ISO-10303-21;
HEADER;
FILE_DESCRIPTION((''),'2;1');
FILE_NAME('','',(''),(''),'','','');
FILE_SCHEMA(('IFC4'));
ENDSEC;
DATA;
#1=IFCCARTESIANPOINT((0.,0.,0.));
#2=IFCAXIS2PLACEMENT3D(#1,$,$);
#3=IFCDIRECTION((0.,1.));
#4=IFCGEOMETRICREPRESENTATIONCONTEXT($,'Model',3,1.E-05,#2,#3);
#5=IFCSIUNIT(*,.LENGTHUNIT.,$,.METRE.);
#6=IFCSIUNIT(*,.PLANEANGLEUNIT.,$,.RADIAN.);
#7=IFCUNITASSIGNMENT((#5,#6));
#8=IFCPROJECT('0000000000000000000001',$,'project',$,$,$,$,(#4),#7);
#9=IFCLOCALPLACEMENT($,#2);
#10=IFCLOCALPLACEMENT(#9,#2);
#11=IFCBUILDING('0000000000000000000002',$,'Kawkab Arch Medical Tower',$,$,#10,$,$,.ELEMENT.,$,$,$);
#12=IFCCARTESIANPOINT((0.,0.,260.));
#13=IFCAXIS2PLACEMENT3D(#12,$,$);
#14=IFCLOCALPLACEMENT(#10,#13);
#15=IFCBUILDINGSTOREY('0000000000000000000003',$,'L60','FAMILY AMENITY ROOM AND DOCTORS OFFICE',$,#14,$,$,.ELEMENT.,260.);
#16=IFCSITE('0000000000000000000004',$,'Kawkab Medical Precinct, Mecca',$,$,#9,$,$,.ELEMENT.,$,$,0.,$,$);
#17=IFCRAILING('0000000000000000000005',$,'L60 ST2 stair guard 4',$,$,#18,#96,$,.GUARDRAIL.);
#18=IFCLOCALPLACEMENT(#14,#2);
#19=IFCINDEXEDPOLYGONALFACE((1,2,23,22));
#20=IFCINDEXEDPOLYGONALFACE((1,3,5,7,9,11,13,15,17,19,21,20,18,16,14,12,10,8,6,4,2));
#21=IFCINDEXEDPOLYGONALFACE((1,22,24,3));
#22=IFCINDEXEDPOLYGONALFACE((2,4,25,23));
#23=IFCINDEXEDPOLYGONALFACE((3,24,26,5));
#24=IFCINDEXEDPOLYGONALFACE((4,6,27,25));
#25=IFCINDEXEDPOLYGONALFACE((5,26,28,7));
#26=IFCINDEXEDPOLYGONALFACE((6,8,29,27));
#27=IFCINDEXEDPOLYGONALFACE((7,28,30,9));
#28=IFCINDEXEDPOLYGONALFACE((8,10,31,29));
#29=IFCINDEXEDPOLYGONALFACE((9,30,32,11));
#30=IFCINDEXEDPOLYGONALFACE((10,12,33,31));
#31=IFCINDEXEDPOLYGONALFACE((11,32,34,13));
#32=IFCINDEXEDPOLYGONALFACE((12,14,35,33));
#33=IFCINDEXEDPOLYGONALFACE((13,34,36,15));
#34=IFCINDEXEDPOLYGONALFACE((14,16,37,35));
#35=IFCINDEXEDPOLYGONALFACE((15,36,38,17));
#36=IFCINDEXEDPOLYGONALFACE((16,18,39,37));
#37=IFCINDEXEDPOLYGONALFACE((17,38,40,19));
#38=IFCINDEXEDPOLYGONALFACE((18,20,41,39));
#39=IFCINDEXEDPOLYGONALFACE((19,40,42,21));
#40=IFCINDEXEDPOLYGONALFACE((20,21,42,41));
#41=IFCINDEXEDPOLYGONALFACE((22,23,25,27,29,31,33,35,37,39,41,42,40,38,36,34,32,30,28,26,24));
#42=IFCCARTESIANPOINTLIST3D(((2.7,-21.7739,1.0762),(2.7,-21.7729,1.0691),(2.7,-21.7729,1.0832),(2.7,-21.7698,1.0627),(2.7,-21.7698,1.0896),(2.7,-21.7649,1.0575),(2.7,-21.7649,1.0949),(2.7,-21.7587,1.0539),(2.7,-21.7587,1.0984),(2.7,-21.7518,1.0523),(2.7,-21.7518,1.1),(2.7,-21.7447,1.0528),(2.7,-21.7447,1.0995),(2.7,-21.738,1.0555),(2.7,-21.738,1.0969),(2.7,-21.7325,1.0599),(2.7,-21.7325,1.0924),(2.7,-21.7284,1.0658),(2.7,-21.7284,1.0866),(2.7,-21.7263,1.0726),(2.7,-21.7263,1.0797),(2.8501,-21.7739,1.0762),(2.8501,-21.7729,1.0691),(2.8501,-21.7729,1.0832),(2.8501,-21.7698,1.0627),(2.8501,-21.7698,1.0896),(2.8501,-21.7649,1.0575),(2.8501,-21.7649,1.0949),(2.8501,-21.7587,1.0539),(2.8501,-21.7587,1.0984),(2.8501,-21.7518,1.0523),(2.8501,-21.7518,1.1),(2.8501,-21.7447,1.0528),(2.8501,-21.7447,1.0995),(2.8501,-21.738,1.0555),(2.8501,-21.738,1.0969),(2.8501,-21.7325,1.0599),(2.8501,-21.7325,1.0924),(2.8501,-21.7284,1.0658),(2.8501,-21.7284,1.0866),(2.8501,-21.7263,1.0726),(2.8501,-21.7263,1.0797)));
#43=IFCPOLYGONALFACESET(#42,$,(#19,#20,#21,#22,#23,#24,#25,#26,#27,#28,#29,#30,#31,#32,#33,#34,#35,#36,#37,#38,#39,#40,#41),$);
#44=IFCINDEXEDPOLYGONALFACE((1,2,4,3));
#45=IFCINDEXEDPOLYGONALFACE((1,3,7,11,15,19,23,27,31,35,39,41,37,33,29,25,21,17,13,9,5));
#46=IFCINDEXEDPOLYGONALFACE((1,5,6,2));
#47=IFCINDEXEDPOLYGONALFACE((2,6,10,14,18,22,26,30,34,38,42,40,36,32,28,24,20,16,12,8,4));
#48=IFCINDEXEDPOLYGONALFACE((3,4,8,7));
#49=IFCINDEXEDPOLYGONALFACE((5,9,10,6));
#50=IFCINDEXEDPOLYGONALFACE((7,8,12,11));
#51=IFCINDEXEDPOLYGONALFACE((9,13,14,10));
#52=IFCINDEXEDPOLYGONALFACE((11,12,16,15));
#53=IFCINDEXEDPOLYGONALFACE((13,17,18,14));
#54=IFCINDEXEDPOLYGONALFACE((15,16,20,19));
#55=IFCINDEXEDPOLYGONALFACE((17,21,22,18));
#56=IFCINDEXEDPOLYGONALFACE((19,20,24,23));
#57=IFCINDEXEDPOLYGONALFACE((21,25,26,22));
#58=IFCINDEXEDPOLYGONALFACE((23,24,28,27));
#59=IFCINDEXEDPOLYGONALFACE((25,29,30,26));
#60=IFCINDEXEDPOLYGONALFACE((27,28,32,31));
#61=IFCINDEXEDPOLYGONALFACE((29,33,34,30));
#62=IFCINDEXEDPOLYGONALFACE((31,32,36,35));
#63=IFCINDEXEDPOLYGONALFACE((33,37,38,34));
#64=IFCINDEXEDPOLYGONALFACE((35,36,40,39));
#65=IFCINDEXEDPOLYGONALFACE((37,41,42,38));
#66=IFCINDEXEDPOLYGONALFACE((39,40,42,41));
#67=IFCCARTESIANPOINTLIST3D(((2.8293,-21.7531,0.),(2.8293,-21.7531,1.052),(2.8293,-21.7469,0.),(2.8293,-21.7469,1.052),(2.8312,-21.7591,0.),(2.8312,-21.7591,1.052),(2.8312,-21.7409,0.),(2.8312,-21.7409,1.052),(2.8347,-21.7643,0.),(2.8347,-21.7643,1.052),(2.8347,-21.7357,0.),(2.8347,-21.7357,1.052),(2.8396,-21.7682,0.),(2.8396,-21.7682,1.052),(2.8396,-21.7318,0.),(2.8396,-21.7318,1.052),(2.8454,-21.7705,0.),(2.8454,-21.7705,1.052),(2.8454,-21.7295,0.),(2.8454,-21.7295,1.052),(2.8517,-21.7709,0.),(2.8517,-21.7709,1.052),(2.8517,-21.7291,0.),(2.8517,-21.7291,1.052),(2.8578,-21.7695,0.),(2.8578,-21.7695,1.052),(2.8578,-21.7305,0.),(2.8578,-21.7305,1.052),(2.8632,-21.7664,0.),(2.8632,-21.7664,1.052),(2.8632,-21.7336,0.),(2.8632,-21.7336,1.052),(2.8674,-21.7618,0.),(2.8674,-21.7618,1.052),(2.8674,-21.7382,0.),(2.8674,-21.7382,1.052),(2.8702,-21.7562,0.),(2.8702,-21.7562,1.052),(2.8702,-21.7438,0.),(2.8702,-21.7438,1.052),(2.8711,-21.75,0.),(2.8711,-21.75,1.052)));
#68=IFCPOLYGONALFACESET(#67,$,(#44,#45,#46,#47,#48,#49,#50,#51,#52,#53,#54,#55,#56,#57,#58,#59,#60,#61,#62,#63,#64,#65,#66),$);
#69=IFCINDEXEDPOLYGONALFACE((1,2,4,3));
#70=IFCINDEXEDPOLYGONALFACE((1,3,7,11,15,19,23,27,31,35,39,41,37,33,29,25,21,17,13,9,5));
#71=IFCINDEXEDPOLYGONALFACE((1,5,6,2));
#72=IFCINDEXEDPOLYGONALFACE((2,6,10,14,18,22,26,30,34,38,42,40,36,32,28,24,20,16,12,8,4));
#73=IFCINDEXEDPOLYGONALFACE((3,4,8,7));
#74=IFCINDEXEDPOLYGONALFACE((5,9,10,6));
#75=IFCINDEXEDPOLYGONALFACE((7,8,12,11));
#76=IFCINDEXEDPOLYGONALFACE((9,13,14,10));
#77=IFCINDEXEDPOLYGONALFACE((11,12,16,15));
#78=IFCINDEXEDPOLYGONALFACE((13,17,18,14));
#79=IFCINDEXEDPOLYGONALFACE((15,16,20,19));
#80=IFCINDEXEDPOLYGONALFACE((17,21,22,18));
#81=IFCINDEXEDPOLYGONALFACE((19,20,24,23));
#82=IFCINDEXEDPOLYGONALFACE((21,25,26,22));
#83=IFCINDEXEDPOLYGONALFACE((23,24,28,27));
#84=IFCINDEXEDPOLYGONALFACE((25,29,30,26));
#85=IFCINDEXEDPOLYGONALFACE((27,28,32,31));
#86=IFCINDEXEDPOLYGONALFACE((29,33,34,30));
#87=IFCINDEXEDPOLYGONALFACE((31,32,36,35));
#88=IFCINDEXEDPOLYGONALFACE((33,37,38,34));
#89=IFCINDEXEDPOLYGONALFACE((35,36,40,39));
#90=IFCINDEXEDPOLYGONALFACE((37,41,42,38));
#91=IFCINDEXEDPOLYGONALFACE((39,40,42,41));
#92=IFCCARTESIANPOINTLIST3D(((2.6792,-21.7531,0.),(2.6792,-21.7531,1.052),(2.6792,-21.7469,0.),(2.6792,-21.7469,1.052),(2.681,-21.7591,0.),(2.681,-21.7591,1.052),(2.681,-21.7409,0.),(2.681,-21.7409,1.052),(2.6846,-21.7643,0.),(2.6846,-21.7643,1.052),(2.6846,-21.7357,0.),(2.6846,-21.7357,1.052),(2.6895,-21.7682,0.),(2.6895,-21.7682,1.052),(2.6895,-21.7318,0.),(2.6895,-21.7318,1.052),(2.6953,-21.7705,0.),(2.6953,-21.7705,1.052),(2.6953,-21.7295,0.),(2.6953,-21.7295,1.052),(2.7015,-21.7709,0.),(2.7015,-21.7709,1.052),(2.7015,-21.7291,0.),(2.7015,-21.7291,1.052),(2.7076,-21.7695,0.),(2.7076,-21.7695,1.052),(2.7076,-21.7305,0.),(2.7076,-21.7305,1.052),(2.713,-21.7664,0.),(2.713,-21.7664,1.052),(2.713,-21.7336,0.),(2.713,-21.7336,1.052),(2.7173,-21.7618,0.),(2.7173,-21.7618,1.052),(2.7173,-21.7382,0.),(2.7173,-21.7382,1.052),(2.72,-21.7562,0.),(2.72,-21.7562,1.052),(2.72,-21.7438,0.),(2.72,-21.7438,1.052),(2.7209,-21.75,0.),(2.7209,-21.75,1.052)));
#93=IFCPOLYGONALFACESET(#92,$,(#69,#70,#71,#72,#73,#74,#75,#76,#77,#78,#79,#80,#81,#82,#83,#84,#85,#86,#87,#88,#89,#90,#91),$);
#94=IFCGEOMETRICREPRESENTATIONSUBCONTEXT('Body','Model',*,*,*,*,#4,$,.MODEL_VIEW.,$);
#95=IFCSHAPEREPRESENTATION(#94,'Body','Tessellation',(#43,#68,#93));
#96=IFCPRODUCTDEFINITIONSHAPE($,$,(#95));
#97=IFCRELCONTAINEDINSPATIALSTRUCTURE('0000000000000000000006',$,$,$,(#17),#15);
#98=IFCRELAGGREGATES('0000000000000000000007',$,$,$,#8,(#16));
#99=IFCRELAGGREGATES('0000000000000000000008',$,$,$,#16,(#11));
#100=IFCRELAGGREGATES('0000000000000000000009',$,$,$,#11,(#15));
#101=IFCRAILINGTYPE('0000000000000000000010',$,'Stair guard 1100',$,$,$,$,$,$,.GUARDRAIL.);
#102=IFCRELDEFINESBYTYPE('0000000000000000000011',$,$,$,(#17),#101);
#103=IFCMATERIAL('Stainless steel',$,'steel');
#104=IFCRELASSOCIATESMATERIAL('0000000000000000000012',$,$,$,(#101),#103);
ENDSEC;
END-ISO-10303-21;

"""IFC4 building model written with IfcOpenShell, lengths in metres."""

from ifc_helpers import new_model, si_unit, direction, frame, origin, origin_2d, place, context, subcontext, project, spatial, circle, extrude, material, type_object, element, save


model = new_model("IFC4")

# Units and contexts
model_context = context("Model", 3, precision=1e-05, world=origin(), true_north=direction((0.0, 1.0)))
body_context = subcontext(model_context, "Body", "Model", "MODEL_VIEW")
ifc_project = project(units=[si_unit("LENGTHUNIT", "METRE"), si_unit("PLANEANGLEUNIT", "RADIAN")], contexts=[model_context])

# Site, building, storey
site_placement = place(None, origin())
site = spatial("IfcSite", under=ifc_project, at=site_placement, Name="Kawkab Medical Precinct, Mecca", CompositionType="ELEMENT", RefElevation=0.0)
building_placement = place(site_placement, origin())
building = spatial("IfcBuilding", under=site, at=building_placement, Name="Kawkab Arch Medical Tower", CompositionType="ELEMENT")
storey_placement = place(building_placement, frame((0.0, 0.0, 260.0)))
storey = spatial("IfcBuildingStorey", under=building, at=storey_placement, Name="L60", Description="FAMILY AMENITY ROOM AND DOCTORS OFFICE", CompositionType="ELEMENT", Elevation=260.0)

# Railing
ifc_material_1 = material(Name="Stainless steel", Category="steel")
railing_type = type_object("IfcRailingType", Name="Stair guard 1100", PredefinedType="GUARDRAIL", material=ifc_material_1)
railing_1_placement = place(storey_placement, frame((2.8501, -21.75, 0.0)))
element("IfcRailing", 1, at=railing_1_placement, inside=storey, type_object=railing_type, Name="L60 ST2 stair guard 4", PredefinedType="GUARDRAIL", context=body_context, shape_type="SweptSolid", body=[
    extrude(circle(Radius=0.0239, at=origin_2d()), frame((0.0, 0.0, 1.0762), z_axis=(-1.0, 0.0, 0.0), x_axis=(0.0, -1.0, 0.0)), (0.0, 0.0, 1.0), 0.1501),
    extrude(circle(Radius=0.021, at=origin_2d()), origin(), (0.0, 0.0, 1.0), 1.052),
    extrude(circle(Radius=0.021, at=origin_2d()), frame((-0.1501, 0.0, 0.0)), (0.0, 0.0, 1.0), 1.052),
])

save(model, "model.ifc")
